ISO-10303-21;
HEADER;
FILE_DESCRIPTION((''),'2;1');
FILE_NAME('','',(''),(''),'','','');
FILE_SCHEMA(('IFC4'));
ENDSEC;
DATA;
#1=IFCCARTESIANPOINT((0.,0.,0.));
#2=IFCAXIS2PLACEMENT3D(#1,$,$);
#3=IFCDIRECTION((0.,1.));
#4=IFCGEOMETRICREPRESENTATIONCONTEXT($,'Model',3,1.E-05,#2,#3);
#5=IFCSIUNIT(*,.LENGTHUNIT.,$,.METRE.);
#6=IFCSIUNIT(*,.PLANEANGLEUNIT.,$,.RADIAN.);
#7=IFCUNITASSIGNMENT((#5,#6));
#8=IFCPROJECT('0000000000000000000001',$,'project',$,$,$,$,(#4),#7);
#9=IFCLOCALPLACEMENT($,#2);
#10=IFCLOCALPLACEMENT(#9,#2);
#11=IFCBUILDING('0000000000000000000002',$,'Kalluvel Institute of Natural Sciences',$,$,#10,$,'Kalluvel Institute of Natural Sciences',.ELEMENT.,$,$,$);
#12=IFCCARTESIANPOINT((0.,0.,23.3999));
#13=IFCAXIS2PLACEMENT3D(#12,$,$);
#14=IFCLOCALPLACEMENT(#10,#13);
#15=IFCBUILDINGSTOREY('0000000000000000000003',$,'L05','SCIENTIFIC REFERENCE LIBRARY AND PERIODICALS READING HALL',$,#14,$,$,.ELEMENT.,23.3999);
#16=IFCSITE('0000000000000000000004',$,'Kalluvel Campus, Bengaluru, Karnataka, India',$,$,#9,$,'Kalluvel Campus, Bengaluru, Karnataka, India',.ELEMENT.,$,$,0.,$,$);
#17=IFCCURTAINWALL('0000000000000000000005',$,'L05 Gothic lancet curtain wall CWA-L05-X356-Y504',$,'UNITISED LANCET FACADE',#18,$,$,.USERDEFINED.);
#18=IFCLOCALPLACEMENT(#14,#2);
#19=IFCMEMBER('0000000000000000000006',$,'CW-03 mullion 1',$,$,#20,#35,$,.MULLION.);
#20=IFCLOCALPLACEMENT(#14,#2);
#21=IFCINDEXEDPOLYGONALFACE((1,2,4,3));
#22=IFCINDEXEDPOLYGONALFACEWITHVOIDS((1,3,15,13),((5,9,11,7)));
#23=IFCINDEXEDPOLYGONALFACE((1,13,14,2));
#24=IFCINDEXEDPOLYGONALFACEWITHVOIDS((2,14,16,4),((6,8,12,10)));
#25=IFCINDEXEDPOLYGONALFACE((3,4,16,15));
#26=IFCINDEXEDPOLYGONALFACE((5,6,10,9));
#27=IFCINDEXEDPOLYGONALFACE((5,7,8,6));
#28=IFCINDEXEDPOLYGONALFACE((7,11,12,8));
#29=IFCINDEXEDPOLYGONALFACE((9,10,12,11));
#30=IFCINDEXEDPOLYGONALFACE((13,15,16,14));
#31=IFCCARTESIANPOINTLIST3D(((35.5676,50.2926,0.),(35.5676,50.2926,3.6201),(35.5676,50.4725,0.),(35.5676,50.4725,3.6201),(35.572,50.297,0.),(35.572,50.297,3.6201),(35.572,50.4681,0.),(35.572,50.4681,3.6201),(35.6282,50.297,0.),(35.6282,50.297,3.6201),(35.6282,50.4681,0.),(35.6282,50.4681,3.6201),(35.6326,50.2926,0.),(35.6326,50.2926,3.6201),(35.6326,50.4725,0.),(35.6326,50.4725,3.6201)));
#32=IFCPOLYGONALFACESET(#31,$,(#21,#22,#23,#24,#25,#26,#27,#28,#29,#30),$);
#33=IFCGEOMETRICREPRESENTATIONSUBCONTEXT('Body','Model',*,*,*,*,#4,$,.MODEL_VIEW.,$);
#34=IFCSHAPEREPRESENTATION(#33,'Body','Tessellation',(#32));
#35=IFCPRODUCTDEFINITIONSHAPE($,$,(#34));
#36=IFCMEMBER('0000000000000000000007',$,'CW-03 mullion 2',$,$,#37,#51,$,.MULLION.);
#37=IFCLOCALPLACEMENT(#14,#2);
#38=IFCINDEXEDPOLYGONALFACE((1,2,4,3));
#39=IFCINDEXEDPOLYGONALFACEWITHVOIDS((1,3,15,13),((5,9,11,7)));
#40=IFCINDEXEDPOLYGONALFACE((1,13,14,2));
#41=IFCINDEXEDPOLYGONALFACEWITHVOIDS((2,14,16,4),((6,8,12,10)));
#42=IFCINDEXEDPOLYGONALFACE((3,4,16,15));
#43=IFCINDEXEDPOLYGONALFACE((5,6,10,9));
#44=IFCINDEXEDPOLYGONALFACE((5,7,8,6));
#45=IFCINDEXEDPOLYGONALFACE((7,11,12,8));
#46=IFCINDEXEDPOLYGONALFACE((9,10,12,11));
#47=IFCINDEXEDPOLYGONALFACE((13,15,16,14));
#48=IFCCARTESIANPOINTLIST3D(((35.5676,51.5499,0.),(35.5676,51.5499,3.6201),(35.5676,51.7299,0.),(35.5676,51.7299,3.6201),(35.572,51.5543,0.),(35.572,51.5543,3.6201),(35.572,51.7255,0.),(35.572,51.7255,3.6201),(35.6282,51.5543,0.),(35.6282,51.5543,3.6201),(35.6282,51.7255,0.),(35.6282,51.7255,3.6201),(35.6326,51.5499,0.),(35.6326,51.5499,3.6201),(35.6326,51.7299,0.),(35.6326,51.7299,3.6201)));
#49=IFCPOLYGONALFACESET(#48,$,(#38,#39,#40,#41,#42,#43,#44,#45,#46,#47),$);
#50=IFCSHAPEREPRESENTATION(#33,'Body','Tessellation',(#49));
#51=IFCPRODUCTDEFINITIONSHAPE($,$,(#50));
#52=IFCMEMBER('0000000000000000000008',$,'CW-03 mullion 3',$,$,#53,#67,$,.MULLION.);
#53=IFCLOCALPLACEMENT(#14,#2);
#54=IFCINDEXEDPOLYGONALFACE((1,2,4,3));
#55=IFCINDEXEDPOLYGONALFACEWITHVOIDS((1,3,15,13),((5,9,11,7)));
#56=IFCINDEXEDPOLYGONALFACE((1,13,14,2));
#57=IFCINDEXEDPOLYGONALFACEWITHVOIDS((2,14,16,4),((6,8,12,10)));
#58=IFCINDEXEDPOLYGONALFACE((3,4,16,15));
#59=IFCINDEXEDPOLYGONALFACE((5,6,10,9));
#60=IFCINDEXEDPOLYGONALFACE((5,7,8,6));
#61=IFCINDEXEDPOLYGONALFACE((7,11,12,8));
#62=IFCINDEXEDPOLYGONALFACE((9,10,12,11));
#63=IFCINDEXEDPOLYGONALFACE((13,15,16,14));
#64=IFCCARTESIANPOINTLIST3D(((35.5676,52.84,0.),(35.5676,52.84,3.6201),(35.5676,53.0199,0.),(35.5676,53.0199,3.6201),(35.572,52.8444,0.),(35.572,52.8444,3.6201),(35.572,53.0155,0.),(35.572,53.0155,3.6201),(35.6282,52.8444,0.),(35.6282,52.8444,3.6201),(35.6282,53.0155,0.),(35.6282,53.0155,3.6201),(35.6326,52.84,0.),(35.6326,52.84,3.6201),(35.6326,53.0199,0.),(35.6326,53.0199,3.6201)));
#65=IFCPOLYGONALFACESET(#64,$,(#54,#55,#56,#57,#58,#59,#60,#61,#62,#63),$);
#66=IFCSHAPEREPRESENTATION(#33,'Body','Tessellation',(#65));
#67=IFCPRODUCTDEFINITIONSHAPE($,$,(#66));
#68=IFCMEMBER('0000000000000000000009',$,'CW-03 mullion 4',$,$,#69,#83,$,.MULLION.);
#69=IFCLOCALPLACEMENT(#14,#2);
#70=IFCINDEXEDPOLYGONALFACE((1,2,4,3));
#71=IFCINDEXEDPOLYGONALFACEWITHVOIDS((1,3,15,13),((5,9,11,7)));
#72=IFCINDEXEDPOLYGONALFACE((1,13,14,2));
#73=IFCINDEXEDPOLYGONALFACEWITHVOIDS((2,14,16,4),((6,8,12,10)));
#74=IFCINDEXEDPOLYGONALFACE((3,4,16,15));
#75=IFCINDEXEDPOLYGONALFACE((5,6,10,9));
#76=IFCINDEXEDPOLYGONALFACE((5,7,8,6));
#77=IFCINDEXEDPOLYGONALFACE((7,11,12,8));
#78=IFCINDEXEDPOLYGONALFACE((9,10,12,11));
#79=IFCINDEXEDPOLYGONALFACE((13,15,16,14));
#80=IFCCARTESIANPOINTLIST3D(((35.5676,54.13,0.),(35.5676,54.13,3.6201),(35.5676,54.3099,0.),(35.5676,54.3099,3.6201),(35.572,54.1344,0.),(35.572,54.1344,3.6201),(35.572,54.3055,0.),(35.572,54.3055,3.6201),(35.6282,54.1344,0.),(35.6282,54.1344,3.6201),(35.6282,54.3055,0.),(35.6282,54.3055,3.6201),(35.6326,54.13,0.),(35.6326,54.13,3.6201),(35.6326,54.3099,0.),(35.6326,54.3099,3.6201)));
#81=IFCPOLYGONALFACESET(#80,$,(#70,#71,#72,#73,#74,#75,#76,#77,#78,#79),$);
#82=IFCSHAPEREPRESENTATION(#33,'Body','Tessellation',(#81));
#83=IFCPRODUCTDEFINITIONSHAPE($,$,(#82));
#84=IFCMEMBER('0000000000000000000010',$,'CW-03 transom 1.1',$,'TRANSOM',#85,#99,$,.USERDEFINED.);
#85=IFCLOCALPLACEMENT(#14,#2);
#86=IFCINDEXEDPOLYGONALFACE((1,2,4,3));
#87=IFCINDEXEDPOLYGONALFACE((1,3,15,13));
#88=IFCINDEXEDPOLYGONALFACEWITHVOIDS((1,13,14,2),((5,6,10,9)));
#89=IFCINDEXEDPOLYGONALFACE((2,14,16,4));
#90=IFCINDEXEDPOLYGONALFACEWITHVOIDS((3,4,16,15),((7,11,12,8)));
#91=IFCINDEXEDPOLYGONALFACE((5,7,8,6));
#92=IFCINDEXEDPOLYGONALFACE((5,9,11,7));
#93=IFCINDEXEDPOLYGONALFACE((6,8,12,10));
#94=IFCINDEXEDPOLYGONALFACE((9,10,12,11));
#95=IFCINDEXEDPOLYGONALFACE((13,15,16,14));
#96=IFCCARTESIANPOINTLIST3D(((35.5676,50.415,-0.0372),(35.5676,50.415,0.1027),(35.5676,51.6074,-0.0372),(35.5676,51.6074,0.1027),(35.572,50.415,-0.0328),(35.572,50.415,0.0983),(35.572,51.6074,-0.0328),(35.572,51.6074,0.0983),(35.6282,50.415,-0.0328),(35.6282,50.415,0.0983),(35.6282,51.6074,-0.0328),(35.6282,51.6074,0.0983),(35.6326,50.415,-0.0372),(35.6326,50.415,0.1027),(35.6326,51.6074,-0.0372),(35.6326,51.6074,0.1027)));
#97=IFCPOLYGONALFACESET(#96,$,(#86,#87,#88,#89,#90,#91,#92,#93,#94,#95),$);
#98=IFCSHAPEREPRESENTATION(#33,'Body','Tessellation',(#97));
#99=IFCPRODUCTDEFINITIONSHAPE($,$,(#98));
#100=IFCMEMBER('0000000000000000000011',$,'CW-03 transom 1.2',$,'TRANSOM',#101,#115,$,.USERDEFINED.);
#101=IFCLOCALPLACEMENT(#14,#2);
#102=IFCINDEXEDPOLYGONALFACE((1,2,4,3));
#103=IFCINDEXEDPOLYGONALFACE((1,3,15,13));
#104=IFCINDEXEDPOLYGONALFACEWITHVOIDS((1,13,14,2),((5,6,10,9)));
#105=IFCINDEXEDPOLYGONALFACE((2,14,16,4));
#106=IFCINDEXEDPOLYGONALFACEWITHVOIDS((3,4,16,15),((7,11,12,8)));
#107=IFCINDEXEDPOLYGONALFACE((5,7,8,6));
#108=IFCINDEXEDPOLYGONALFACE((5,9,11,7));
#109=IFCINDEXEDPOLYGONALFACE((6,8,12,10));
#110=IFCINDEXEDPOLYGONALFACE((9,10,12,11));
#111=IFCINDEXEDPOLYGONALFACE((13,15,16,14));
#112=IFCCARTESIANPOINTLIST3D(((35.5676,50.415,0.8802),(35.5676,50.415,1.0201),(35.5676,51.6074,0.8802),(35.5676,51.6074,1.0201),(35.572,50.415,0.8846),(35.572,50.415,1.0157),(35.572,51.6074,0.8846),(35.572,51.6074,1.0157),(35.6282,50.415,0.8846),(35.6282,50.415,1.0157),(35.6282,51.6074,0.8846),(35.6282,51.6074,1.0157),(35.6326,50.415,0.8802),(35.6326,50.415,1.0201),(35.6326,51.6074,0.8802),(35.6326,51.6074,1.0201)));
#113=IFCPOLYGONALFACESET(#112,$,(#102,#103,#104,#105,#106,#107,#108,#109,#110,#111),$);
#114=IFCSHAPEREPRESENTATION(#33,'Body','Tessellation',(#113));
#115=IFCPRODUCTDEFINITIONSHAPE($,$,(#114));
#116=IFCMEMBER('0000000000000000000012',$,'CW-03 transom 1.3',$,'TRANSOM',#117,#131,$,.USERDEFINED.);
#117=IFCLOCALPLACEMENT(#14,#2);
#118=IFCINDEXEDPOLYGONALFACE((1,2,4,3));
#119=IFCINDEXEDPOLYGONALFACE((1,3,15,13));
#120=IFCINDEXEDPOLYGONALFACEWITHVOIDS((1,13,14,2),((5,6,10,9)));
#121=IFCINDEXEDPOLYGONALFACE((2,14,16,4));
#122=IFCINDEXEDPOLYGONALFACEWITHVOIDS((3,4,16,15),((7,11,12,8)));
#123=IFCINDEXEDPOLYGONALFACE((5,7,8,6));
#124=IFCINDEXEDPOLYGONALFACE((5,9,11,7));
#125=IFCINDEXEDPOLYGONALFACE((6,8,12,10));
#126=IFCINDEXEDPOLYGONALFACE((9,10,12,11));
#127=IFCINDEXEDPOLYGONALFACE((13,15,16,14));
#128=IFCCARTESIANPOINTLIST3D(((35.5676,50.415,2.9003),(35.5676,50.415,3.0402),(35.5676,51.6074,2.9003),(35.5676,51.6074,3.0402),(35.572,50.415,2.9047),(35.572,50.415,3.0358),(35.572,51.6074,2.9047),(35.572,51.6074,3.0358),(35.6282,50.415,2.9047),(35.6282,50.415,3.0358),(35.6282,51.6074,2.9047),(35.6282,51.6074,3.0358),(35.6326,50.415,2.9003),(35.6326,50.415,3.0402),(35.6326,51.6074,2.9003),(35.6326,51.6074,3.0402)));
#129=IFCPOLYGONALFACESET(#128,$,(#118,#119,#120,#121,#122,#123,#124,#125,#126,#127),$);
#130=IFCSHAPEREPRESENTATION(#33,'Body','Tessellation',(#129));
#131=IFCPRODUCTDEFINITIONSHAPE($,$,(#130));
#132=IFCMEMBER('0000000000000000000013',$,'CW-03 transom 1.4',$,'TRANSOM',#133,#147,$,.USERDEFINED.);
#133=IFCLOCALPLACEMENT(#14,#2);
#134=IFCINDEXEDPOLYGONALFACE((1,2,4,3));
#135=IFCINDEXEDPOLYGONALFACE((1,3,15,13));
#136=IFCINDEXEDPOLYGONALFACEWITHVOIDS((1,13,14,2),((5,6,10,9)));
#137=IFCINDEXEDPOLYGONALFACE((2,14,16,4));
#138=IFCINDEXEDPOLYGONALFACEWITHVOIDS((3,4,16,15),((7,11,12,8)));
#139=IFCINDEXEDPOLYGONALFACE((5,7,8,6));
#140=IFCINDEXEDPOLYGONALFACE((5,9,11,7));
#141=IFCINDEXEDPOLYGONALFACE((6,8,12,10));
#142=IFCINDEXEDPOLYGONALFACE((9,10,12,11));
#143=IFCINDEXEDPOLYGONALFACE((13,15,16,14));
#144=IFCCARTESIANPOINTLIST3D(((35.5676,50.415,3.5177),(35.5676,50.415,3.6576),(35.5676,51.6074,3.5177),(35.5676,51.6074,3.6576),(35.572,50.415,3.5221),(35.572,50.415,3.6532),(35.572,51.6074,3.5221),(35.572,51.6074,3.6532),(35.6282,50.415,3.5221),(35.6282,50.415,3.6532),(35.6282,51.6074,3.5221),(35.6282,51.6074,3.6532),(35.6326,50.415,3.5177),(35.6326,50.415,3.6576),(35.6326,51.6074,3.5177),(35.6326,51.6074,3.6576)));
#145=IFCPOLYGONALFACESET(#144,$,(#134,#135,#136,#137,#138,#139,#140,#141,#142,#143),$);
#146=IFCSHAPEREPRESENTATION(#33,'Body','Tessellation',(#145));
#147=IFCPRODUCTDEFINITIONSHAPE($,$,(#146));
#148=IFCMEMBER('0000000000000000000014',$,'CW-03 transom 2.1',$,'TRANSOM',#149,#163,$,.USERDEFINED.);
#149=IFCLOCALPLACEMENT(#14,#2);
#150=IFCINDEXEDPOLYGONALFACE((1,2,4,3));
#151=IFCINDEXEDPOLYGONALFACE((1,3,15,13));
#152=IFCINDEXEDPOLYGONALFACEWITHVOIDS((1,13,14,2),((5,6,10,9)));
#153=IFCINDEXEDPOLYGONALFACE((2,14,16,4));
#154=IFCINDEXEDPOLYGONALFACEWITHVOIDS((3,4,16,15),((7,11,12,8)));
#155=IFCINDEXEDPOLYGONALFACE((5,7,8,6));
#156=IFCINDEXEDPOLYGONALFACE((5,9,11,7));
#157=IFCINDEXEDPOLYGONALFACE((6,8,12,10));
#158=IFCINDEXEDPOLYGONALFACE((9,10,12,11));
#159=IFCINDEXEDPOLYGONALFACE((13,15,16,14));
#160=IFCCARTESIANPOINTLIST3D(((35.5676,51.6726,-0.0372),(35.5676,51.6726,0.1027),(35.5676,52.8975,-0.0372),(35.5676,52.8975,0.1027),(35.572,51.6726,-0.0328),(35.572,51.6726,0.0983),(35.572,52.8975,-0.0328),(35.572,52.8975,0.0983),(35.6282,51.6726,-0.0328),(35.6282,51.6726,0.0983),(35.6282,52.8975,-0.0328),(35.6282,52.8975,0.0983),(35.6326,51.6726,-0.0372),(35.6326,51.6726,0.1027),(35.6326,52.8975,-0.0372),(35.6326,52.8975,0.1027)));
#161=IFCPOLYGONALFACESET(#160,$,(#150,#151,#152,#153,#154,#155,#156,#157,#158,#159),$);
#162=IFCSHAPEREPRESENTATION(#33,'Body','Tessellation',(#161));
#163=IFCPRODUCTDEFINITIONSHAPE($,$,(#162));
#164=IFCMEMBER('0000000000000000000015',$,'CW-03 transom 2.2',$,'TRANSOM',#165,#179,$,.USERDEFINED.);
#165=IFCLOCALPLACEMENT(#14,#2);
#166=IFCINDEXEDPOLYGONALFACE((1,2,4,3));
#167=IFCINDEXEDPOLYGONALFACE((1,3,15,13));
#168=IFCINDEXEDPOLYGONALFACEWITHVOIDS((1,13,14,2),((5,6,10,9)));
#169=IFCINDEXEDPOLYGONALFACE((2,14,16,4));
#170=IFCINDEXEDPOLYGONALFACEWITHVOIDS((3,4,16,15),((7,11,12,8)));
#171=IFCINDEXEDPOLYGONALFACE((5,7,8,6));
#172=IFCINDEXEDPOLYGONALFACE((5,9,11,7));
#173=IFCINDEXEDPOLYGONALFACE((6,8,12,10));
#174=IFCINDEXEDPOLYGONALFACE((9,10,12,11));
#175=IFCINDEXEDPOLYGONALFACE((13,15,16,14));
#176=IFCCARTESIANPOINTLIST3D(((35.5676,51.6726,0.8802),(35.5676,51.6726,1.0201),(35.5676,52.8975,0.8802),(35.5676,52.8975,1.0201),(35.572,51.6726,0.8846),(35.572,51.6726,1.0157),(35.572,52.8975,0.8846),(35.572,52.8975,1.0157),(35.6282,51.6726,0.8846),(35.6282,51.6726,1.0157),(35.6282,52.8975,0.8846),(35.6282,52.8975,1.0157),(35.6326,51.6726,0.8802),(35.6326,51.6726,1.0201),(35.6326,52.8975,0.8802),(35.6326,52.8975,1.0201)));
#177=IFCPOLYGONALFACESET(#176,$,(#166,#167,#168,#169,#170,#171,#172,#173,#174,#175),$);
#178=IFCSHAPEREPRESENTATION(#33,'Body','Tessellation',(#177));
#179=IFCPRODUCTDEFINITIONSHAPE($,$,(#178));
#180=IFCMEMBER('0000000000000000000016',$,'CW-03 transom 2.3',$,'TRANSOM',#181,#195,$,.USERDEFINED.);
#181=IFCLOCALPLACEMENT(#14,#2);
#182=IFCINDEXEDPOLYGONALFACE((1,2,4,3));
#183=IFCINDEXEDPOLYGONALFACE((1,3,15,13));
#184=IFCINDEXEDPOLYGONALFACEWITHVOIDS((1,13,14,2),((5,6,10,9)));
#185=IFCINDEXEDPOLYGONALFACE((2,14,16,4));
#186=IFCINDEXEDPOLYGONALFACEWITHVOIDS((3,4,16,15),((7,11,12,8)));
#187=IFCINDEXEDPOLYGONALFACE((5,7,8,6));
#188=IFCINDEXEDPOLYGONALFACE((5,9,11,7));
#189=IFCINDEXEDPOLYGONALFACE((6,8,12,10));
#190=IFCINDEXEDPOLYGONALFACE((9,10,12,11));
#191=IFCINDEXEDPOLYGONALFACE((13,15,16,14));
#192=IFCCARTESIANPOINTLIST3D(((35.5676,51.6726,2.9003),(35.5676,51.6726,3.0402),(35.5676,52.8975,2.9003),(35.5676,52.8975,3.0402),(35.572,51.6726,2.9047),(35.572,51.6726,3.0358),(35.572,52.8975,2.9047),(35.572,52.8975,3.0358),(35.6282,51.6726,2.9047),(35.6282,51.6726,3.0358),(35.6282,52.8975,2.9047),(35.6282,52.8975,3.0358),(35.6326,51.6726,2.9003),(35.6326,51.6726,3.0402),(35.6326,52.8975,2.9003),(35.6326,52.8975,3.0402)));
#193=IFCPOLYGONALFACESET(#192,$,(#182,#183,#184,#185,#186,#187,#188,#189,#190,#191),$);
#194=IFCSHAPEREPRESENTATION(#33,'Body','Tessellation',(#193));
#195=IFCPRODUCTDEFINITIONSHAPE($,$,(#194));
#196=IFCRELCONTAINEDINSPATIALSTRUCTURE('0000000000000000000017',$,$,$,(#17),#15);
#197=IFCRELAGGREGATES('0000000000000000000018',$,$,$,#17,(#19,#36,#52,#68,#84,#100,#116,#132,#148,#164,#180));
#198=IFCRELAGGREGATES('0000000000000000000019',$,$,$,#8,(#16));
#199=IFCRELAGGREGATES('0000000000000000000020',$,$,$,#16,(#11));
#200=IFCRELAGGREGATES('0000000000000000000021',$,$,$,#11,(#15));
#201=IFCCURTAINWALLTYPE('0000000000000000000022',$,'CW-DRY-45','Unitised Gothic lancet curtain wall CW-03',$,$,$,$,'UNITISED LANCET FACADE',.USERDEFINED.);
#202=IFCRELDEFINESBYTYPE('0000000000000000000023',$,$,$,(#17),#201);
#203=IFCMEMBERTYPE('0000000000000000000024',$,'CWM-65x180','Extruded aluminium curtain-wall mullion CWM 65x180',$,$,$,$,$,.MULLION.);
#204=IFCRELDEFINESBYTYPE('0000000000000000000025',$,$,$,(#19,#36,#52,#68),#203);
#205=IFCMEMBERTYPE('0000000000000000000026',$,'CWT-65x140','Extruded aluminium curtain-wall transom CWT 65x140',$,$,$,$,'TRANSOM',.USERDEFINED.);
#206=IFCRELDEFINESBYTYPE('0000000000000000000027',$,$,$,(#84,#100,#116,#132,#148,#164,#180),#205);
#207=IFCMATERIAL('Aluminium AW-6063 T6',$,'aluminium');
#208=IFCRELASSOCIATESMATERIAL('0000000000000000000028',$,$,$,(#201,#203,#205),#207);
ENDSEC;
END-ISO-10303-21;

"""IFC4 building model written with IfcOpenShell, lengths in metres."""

from ifc_helpers import new_model, si_unit, direction, frame, origin, origin_2d, place, context, subcontext, project, spatial, hollow_rectangle, extrude, material, material_profile, profile_set, type_object, element, aggregate, save


model = new_model("IFC4")

# Units and contexts
model_context = context("Model", 3, precision=1e-05, world=origin(), true_north=direction((0.0, 1.0)))
body_context = subcontext(model_context, "Body", "Model", "MODEL_VIEW")
ifc_project = project(units=[si_unit("LENGTHUNIT", "METRE"), si_unit("PLANEANGLEUNIT", "RADIAN")], contexts=[model_context])

# Site, building, storey
site_placement = place(None, origin())
site = spatial("IfcSite", under=ifc_project, at=site_placement, Name="Kalluvel Campus, Bengaluru, Karnataka, India", LongName="Kalluvel Campus, Bengaluru, Karnataka, India", CompositionType="ELEMENT", RefElevation=0.0)
building_placement = place(site_placement, origin())
building = spatial("IfcBuilding", under=site, at=building_placement, Name="Kalluvel Institute of Natural Sciences", LongName="Kalluvel Institute of Natural Sciences", CompositionType="ELEMENT")
storey_placement = place(building_placement, frame((0.0, 0.0, 23.3999)))
storey = spatial("IfcBuildingStorey", under=building, at=storey_placement, Name="L05", Description="SCIENTIFIC REFERENCE LIBRARY AND PERIODICALS READING HALL", CompositionType="ELEMENT", Elevation=23.3999)

# Curtain wall, members
ifc_material_1 = material(Name="Aluminium AW-6063 T6", Category="aluminium")
curtain_wall_type = type_object("IfcCurtainWallType", Name="CW-DRY-45", Description="Unitised Gothic lancet curtain wall CW-03", ElementType="UNITISED LANCET FACADE", PredefinedType="USERDEFINED", material=ifc_material_1)
curtain_wall_placement = place(storey_placement, origin())
curtain_wall = element("IfcCurtainWall", 1, at=curtain_wall_placement, inside=storey, type_object=curtain_wall_type, Name="L05 Gothic lancet curtain wall CWA-L05-X356-Y504", ObjectType="UNITISED LANCET FACADE", PredefinedType="USERDEFINED")
ifc_material_profile_1 = material_profile(ifc_material_1, hollow_rectangle(XDim=0.0649, YDim=0.1799, WallThickness=0.0044, at=origin_2d()), Name="CWM 65x180")
ifc_profile_set_1 = profile_set([ifc_material_profile_1], Name="Aluminium AW-6063 T6")
member_type_1 = type_object("IfcMemberType", Name="CWM-65x180", Description="Extruded aluminium curtain-wall mullion CWM 65x180", PredefinedType="MULLION", material=ifc_profile_set_1)
member_1_placement = place(storey_placement, frame((35.6001, 50.3826, 0.0), z_axis=(0.0, 0.0, 1.0), x_axis=(-1.0, 0.0, 0.0)))
member_1 = element("IfcMember", 2, at=member_1_placement, type_object=member_type_1, Name="CW-03 mullion 1", PredefinedType="MULLION", context=body_context, shape_type="SweptSolid", body=[
    extrude(hollow_rectangle(XDim=0.0649, YDim=0.1799, WallThickness=0.0044, at=origin_2d()), origin(), (0.0, 0.0, 1.0), 3.6201),
])
member_2_placement = place(storey_placement, frame((35.6001, 51.6399, 0.0), z_axis=(0.0, 0.0, 1.0), x_axis=(-1.0, 0.0, 0.0)))
member_2 = element("IfcMember", 3, at=member_2_placement, type_object=member_type_1, Name="CW-03 mullion 2", PredefinedType="MULLION", context=body_context, shape_type="SweptSolid", body=[
    extrude(hollow_rectangle(XDim=0.0649, YDim=0.1799, WallThickness=0.0044, at=origin_2d()), origin(), (0.0, 0.0, 1.0), 3.6201),
])
member_3_placement = place(storey_placement, frame((35.6001, 52.9299, 0.0), z_axis=(0.0, 0.0, 1.0), x_axis=(-1.0, 0.0, 0.0)))
member_3 = element("IfcMember", 4, at=member_3_placement, type_object=member_type_1, Name="CW-03 mullion 3", PredefinedType="MULLION", context=body_context, shape_type="SweptSolid", body=[
    extrude(hollow_rectangle(XDim=0.0649, YDim=0.1799, WallThickness=0.0044, at=origin_2d()), origin(), (0.0, 0.0, 1.0), 3.6201),
])
member_4_placement = place(storey_placement, frame((35.6001, 54.22, 0.0), z_axis=(0.0, 0.0, 1.0), x_axis=(-1.0, 0.0, 0.0)))
member_4 = element("IfcMember", 5, at=member_4_placement, type_object=member_type_1, Name="CW-03 mullion 4", PredefinedType="MULLION", context=body_context, shape_type="SweptSolid", body=[
    extrude(hollow_rectangle(XDim=0.0649, YDim=0.1799, WallThickness=0.0044, at=origin_2d()), origin(), (0.0, 0.0, 1.0), 3.6201),
])
ifc_material_profile_2 = material_profile(ifc_material_1, hollow_rectangle(XDim=0.0649, YDim=0.1399, WallThickness=0.0044, at=origin_2d()), Name="CWT 65x140")
ifc_profile_set_2 = profile_set([ifc_material_profile_2], Name="Aluminium AW-6063 T6")
member_type_2 = type_object("IfcMemberType", Name="CWT-65x140", Description="Extruded aluminium curtain-wall transom CWT 65x140", ElementType="TRANSOM", PredefinedType="USERDEFINED", material=ifc_profile_set_2)
member_5_placement = place(storey_placement, frame((35.6001, 50.415, 0.0327), z_axis=(0.0, 1.0, 0.0), x_axis=(-1.0, 0.0, 0.0)))
member_5 = element("IfcMember", 6, at=member_5_placement, type_object=member_type_2, Name="CW-03 transom 1.1", ObjectType="TRANSOM", PredefinedType="USERDEFINED", context=body_context, shape_type="SweptSolid", body=[
    extrude(hollow_rectangle(XDim=0.0649, YDim=0.1399, WallThickness=0.0044, at=origin_2d()), origin(), (0.0, 0.0, 1.0), 1.1924),
])
member_6_placement = place(storey_placement, frame((35.6001, 50.415, 0.9502), z_axis=(0.0, 1.0, 0.0), x_axis=(-1.0, 0.0, 0.0)))
member_6 = element("IfcMember", 7, at=member_6_placement, type_object=member_type_2, Name="CW-03 transom 1.2", ObjectType="TRANSOM", PredefinedType="USERDEFINED", context=body_context, shape_type="SweptSolid", body=[
    extrude(hollow_rectangle(XDim=0.0649, YDim=0.1399, WallThickness=0.0044, at=origin_2d()), origin(), (0.0, 0.0, 1.0), 1.1924),
])
member_7_placement = place(storey_placement, frame((35.6001, 50.415, 2.9702), z_axis=(0.0, 1.0, 0.0), x_axis=(-1.0, 0.0, 0.0)))
member_7 = element("IfcMember", 8, at=member_7_placement, type_object=member_type_2, Name="CW-03 transom 1.3", ObjectType="TRANSOM", PredefinedType="USERDEFINED", context=body_context, shape_type="SweptSolid", body=[
    extrude(hollow_rectangle(XDim=0.0649, YDim=0.1399, WallThickness=0.0044, at=origin_2d()), origin(), (0.0, 0.0, 1.0), 1.1924),
])
member_8_placement = place(storey_placement, frame((35.6001, 50.415, 3.5876), z_axis=(0.0, 1.0, 0.0), x_axis=(-1.0, 0.0, 0.0)))
member_8 = element("IfcMember", 9, at=member_8_placement, type_object=member_type_2, Name="CW-03 transom 1.4", ObjectType="TRANSOM", PredefinedType="USERDEFINED", context=body_context, shape_type="SweptSolid", body=[
    extrude(hollow_rectangle(XDim=0.0649, YDim=0.1399, WallThickness=0.0044, at=origin_2d()), origin(), (0.0, 0.0, 1.0), 1.1924),
])
member_9_placement = place(storey_placement, frame((35.6001, 51.6726, 0.0327), z_axis=(0.0, 1.0, 0.0), x_axis=(-1.0, 0.0, 0.0)))
member_9 = element("IfcMember", 10, at=member_9_placement, type_object=member_type_2, Name="CW-03 transom 2.1", ObjectType="TRANSOM", PredefinedType="USERDEFINED", context=body_context, shape_type="SweptSolid", body=[
    extrude(hollow_rectangle(XDim=0.0649, YDim=0.1399, WallThickness=0.0044, at=origin_2d()), origin(), (0.0, 0.0, 1.0), 1.2249),
])
member_10_placement = place(storey_placement, frame((35.6001, 51.6726, 0.9502), z_axis=(0.0, 1.0, 0.0), x_axis=(-1.0, 0.0, 0.0)))
member_10 = element("IfcMember", 11, at=member_10_placement, type_object=member_type_2, Name="CW-03 transom 2.2", ObjectType="TRANSOM", PredefinedType="USERDEFINED", context=body_context, shape_type="SweptSolid", body=[
    extrude(hollow_rectangle(XDim=0.0649, YDim=0.1399, WallThickness=0.0044, at=origin_2d()), origin(), (0.0, 0.0, 1.0), 1.2249),
])
member_11_placement = place(storey_placement, frame((35.6001, 51.6726, 2.9702), z_axis=(0.0, 1.0, 0.0), x_axis=(-1.0, 0.0, 0.0)))
member_11 = element("IfcMember", 12, at=member_11_placement, type_object=member_type_2, Name="CW-03 transom 2.3", ObjectType="TRANSOM", PredefinedType="USERDEFINED", context=body_context, shape_type="SweptSolid", body=[
    extrude(hollow_rectangle(XDim=0.0649, YDim=0.1399, WallThickness=0.0044, at=origin_2d()), origin(), (0.0, 0.0, 1.0), 1.2249),
])
aggregate(curtain_wall, [member_1, member_2, member_3, member_4, member_5, member_6, member_7, member_8, member_9, member_10, member_11])

save(model, "model.ifc")
